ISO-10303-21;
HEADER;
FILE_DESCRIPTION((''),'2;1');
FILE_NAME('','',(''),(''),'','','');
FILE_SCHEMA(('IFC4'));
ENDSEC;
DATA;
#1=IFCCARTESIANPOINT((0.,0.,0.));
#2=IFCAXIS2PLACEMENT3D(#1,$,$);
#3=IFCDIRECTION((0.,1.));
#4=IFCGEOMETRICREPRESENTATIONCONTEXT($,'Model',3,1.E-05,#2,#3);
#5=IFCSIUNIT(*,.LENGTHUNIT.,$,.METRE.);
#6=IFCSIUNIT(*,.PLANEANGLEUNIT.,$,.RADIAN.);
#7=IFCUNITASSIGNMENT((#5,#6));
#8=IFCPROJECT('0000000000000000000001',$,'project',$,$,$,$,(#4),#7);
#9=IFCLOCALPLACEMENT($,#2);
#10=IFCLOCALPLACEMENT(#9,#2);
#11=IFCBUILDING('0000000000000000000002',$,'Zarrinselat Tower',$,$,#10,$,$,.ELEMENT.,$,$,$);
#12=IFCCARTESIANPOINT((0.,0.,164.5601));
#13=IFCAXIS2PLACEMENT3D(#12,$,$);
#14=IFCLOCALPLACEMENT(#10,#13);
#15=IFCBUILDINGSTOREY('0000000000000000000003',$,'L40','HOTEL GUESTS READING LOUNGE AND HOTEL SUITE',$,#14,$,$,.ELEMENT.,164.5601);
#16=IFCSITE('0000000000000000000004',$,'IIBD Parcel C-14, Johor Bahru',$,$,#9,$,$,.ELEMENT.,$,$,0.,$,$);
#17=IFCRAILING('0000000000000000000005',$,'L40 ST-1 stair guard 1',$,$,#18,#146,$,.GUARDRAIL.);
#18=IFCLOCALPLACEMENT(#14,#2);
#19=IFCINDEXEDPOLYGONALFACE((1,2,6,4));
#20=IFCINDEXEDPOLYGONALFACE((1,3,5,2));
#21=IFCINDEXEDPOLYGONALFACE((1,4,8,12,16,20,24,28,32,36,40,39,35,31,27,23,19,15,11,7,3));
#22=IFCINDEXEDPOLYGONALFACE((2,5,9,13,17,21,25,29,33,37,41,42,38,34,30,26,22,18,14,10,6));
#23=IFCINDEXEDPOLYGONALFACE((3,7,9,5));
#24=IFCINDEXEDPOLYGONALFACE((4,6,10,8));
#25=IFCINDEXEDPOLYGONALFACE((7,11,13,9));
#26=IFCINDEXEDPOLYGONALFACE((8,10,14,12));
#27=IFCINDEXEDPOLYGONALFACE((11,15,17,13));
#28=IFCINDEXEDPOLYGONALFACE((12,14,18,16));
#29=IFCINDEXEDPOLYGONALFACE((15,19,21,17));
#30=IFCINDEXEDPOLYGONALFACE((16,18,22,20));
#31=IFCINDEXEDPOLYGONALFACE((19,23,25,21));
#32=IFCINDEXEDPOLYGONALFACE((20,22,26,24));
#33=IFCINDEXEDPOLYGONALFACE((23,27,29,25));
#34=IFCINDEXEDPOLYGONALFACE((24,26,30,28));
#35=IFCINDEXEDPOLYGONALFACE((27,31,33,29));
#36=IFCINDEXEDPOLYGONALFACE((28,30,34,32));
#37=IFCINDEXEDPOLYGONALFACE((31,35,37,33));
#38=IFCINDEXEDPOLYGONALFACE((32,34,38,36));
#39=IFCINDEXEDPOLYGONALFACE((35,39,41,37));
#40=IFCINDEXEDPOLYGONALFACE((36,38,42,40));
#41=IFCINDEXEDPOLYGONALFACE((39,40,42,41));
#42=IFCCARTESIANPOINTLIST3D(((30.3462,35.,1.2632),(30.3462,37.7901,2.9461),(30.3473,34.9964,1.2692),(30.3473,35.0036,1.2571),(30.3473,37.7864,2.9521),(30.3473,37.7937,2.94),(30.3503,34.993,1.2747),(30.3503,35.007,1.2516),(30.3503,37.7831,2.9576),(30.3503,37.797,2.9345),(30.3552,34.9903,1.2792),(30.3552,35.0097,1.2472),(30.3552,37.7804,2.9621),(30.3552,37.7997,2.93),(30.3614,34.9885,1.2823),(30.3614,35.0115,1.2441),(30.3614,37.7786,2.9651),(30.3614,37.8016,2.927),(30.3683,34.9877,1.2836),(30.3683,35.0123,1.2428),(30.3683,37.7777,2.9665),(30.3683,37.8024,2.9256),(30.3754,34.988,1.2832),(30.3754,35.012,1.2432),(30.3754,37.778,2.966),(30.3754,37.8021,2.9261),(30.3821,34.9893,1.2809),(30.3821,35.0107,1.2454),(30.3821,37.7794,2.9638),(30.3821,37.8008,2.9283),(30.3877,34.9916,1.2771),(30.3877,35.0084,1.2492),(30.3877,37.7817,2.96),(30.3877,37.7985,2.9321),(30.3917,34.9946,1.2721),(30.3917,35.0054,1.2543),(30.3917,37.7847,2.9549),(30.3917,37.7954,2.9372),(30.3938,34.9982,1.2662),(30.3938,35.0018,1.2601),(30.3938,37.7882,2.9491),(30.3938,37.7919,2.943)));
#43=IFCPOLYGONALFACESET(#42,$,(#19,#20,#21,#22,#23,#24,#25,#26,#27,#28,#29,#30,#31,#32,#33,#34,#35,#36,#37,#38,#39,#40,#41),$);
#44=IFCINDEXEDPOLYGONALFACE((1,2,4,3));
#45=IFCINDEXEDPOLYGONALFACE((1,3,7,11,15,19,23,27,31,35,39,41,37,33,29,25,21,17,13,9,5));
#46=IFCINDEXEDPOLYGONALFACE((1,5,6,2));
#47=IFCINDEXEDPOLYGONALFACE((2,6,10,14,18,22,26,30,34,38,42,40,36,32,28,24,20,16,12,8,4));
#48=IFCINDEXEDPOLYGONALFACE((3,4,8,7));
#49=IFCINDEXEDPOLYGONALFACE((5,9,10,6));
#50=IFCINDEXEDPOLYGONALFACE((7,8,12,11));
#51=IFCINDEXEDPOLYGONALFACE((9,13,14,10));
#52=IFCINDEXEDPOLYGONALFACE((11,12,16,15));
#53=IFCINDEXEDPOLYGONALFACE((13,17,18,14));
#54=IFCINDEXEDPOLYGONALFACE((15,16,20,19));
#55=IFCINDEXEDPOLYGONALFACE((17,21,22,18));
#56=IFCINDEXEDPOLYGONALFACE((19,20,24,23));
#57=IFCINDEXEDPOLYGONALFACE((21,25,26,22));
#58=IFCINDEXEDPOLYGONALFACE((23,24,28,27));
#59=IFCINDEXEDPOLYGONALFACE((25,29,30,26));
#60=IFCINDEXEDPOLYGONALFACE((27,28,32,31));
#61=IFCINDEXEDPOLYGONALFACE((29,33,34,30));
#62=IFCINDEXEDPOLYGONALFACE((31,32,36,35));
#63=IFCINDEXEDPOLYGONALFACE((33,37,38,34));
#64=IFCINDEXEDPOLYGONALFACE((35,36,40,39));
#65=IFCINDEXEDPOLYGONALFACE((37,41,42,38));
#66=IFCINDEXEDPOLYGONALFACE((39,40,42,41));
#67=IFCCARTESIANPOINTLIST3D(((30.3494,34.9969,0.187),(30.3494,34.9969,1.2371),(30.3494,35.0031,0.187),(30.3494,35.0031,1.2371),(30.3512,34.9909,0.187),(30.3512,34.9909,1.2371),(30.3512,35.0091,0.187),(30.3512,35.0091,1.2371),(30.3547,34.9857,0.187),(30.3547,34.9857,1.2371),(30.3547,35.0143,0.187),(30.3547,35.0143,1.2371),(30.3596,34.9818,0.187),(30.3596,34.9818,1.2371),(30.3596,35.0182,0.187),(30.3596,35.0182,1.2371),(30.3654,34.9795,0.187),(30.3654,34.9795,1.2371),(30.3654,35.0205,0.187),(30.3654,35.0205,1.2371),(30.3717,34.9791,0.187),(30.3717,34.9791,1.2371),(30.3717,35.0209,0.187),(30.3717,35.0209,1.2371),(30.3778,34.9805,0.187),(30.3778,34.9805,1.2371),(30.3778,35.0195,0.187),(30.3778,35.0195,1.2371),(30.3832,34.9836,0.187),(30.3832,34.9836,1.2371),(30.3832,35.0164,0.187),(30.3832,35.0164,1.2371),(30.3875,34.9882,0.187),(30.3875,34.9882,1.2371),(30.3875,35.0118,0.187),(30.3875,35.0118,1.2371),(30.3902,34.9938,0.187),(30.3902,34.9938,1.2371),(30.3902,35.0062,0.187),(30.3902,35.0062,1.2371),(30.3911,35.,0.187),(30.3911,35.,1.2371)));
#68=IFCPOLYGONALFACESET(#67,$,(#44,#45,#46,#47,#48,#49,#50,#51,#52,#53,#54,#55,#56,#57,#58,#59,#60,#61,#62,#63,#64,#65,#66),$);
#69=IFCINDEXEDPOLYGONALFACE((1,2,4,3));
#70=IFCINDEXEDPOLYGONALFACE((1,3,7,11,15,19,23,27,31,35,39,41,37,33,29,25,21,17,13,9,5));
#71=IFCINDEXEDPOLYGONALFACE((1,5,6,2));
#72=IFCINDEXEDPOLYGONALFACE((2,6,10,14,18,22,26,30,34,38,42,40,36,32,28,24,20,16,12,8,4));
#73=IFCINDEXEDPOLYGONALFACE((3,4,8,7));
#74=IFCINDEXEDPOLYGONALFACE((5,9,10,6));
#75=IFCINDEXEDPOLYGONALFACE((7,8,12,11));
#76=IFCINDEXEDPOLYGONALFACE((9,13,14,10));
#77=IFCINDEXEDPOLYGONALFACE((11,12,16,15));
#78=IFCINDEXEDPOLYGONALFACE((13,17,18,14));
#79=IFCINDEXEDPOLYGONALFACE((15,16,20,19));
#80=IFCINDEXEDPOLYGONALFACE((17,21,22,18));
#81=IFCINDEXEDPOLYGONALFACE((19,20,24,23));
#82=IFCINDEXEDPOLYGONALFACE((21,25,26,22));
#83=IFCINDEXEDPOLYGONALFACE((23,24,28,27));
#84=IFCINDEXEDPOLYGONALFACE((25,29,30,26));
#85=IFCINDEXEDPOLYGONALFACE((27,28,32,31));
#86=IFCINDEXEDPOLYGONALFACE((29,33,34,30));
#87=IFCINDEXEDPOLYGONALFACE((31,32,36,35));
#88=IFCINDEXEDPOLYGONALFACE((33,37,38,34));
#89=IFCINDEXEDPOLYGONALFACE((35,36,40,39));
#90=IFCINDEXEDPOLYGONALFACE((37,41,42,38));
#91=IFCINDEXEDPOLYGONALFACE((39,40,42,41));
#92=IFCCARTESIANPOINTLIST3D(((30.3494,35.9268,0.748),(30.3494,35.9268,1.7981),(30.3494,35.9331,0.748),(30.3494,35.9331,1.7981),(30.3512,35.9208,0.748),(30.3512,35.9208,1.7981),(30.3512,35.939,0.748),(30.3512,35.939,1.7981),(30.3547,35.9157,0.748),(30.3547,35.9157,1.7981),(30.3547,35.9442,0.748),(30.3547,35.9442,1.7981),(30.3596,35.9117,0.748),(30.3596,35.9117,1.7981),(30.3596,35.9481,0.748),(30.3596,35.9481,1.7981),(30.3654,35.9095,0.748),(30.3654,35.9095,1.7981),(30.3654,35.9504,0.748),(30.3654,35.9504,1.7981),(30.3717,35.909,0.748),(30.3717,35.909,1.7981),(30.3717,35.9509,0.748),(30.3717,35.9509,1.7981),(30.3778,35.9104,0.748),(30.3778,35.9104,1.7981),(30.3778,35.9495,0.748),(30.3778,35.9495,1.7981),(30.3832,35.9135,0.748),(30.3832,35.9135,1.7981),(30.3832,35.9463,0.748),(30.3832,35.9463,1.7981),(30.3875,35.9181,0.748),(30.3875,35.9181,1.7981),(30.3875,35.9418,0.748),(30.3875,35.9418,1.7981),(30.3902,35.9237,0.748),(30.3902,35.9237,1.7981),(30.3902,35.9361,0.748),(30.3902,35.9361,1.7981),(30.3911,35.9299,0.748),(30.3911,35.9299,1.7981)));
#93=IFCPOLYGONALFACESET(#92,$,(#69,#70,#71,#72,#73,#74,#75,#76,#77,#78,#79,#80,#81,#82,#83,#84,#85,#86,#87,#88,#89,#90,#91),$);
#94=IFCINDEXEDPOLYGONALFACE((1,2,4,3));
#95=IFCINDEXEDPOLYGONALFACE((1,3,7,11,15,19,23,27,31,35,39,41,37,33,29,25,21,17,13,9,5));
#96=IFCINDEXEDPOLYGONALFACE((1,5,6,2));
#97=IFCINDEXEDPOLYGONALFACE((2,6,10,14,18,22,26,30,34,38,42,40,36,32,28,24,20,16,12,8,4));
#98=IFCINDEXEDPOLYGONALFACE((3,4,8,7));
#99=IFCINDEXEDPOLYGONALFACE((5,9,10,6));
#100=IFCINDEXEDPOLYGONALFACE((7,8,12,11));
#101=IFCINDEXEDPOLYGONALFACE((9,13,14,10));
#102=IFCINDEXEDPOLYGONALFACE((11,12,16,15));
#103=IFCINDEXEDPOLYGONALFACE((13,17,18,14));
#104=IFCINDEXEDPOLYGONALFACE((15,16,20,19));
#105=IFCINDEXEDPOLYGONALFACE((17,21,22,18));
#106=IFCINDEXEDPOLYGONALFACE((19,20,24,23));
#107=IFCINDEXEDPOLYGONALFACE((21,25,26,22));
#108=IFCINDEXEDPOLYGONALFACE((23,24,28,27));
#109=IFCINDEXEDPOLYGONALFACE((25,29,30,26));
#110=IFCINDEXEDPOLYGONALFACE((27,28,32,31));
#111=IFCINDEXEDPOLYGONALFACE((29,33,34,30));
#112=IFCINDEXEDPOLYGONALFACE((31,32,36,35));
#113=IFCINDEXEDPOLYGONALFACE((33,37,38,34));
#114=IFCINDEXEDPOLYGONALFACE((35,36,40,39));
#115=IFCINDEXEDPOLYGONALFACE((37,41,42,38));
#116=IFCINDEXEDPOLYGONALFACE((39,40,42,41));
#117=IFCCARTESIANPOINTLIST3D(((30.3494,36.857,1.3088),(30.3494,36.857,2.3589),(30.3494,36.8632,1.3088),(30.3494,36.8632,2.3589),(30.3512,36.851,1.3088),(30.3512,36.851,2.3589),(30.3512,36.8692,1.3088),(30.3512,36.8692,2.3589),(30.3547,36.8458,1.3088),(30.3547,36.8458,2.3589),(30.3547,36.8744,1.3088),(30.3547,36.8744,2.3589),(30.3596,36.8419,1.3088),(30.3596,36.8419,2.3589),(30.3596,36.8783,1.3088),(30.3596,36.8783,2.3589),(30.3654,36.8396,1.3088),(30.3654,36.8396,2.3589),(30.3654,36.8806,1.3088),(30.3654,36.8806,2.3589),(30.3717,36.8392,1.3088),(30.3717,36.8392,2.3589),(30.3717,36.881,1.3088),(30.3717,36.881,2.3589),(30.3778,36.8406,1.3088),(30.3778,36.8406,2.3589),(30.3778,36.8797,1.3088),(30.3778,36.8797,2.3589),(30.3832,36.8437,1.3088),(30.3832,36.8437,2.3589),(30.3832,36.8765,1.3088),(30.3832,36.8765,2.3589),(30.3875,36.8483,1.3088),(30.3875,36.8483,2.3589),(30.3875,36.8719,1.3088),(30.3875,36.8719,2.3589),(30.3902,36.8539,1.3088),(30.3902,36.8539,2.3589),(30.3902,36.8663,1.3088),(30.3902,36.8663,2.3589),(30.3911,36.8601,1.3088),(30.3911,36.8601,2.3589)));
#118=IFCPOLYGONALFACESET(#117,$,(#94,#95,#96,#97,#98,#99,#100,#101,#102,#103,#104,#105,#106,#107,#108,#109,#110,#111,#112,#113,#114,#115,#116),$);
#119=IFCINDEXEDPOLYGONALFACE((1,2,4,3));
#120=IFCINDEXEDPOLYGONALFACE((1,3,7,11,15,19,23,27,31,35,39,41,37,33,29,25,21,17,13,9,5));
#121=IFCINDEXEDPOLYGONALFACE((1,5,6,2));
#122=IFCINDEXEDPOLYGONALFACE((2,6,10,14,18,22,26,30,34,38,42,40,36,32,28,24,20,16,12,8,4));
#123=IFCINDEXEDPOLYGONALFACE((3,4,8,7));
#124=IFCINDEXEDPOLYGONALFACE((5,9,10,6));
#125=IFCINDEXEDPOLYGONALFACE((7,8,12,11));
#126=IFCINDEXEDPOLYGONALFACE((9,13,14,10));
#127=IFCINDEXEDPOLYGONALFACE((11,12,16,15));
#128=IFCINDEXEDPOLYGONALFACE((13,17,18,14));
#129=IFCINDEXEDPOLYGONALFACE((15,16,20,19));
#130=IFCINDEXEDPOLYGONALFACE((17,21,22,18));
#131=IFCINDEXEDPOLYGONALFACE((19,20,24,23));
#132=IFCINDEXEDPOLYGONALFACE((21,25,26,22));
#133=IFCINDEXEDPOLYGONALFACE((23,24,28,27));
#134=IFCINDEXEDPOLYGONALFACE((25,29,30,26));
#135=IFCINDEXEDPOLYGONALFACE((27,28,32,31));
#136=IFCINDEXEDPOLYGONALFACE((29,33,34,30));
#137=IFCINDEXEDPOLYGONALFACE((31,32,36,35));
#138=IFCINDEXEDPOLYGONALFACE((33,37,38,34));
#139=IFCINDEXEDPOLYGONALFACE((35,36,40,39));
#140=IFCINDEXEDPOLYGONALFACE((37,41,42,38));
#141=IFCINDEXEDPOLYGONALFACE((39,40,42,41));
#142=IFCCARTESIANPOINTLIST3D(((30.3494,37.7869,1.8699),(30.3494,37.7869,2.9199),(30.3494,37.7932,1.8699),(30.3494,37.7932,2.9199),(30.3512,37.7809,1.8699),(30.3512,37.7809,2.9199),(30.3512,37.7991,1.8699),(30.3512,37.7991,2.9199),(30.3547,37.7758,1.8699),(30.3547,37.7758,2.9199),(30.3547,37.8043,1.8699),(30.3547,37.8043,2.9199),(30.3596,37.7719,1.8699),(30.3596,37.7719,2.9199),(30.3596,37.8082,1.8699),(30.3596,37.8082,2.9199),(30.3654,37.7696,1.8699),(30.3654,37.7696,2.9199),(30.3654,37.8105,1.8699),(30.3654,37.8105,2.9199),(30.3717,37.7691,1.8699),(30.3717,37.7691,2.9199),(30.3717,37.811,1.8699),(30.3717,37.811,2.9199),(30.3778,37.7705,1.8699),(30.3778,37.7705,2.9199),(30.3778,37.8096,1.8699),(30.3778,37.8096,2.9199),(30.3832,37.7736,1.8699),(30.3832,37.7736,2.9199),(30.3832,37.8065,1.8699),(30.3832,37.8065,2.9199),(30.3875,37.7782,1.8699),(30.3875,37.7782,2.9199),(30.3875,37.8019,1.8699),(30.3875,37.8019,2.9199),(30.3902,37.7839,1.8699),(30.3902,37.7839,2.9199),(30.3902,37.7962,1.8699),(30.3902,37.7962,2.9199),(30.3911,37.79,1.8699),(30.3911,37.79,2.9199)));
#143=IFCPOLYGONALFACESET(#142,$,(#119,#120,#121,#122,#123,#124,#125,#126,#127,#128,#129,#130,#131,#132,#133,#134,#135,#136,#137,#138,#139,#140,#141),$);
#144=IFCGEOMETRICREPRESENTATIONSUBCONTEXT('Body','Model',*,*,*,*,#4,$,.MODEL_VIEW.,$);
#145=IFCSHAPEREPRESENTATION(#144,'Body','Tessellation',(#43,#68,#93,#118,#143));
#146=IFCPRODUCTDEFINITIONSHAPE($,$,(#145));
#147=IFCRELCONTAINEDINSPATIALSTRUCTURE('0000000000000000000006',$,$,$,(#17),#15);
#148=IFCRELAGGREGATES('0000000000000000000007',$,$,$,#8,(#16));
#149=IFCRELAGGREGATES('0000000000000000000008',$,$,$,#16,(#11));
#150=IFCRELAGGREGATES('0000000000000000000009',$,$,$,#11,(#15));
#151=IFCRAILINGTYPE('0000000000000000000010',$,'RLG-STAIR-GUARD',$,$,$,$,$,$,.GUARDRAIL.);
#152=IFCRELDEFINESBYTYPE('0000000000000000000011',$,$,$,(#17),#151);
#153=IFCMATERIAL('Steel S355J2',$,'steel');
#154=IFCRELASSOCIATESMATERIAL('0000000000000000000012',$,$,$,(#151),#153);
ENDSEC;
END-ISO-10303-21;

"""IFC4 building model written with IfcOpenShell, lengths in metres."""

from ifc_helpers import new_model, si_unit, direction, frame, origin, origin_2d, place, context, subcontext, project, spatial, circle, extrude, material, type_object, element, save


model = new_model("IFC4")

# Units and contexts
model_context = context("Model", 3, precision=1e-05, world=origin(), true_north=direction((0.0, 1.0)))
body_context = subcontext(model_context, "Body", "Model", "MODEL_VIEW")
ifc_project = project(units=[si_unit("LENGTHUNIT", "METRE"), si_unit("PLANEANGLEUNIT", "RADIAN")], contexts=[model_context])

# Site, building, storey
site_placement = place(None, origin())
site = spatial("IfcSite", under=ifc_project, at=site_placement, Name="IIBD Parcel C-14, Johor Bahru", CompositionType="ELEMENT", RefElevation=0.0)
building_placement = place(site_placement, origin())
building = spatial("IfcBuilding", under=site, at=building_placement, Name="Zarrinselat Tower", CompositionType="ELEMENT")
storey_placement = place(building_placement, frame((0.0, 0.0, 164.5601)))
storey = spatial("IfcBuildingStorey", under=building, at=storey_placement, Name="L40", Description="HOTEL GUESTS READING LOUNGE AND HOTEL SUITE", CompositionType="ELEMENT", Elevation=164.5601)

# Railing
ifc_material_1 = material(Name="Steel S355J2", Category="steel")
railing_type_1 = type_object("IfcRailingType", Name="RLG-STAIR-GUARD", PredefinedType="GUARDRAIL", material=ifc_material_1)
railing_1_placement = place(storey_placement, frame((30.3701, 35.0, 0.187)))
element("IfcRailing", 1, at=railing_1_placement, inside=storey, type_object=railing_type_1, Name="L40 ST-1 stair guard 1", PredefinedType="GUARDRAIL", context=body_context, shape_type="SweptSolid", body=[
    extrude(circle(Radius=0.0239, at=origin_2d()), frame((0.0, 0.0, 1.0762), z_axis=(0.0, 0.856294, 0.516489), x_axis=(-1.0, 0.0, 0.0)), (0.0, 0.0, 1.0), 3.2583),
    extrude(circle(Radius=0.021, at=origin_2d()), origin(), (0.0, 0.0, 1.0), 1.05),
    extrude(circle(Radius=0.021, at=origin_2d()), frame((0.0, 0.9299, 0.561)), (0.0, 0.0, 1.0), 1.05),
    extrude(circle(Radius=0.021, at=origin_2d()), frame((0.0, 1.8601, 1.1218)), (0.0, 0.0, 1.0), 1.05),
    extrude(circle(Radius=0.021, at=origin_2d()), frame((0.0, 2.79, 1.6829)), (0.0, 0.0, 1.0), 1.05),
])

save(model, "model.ifc")
